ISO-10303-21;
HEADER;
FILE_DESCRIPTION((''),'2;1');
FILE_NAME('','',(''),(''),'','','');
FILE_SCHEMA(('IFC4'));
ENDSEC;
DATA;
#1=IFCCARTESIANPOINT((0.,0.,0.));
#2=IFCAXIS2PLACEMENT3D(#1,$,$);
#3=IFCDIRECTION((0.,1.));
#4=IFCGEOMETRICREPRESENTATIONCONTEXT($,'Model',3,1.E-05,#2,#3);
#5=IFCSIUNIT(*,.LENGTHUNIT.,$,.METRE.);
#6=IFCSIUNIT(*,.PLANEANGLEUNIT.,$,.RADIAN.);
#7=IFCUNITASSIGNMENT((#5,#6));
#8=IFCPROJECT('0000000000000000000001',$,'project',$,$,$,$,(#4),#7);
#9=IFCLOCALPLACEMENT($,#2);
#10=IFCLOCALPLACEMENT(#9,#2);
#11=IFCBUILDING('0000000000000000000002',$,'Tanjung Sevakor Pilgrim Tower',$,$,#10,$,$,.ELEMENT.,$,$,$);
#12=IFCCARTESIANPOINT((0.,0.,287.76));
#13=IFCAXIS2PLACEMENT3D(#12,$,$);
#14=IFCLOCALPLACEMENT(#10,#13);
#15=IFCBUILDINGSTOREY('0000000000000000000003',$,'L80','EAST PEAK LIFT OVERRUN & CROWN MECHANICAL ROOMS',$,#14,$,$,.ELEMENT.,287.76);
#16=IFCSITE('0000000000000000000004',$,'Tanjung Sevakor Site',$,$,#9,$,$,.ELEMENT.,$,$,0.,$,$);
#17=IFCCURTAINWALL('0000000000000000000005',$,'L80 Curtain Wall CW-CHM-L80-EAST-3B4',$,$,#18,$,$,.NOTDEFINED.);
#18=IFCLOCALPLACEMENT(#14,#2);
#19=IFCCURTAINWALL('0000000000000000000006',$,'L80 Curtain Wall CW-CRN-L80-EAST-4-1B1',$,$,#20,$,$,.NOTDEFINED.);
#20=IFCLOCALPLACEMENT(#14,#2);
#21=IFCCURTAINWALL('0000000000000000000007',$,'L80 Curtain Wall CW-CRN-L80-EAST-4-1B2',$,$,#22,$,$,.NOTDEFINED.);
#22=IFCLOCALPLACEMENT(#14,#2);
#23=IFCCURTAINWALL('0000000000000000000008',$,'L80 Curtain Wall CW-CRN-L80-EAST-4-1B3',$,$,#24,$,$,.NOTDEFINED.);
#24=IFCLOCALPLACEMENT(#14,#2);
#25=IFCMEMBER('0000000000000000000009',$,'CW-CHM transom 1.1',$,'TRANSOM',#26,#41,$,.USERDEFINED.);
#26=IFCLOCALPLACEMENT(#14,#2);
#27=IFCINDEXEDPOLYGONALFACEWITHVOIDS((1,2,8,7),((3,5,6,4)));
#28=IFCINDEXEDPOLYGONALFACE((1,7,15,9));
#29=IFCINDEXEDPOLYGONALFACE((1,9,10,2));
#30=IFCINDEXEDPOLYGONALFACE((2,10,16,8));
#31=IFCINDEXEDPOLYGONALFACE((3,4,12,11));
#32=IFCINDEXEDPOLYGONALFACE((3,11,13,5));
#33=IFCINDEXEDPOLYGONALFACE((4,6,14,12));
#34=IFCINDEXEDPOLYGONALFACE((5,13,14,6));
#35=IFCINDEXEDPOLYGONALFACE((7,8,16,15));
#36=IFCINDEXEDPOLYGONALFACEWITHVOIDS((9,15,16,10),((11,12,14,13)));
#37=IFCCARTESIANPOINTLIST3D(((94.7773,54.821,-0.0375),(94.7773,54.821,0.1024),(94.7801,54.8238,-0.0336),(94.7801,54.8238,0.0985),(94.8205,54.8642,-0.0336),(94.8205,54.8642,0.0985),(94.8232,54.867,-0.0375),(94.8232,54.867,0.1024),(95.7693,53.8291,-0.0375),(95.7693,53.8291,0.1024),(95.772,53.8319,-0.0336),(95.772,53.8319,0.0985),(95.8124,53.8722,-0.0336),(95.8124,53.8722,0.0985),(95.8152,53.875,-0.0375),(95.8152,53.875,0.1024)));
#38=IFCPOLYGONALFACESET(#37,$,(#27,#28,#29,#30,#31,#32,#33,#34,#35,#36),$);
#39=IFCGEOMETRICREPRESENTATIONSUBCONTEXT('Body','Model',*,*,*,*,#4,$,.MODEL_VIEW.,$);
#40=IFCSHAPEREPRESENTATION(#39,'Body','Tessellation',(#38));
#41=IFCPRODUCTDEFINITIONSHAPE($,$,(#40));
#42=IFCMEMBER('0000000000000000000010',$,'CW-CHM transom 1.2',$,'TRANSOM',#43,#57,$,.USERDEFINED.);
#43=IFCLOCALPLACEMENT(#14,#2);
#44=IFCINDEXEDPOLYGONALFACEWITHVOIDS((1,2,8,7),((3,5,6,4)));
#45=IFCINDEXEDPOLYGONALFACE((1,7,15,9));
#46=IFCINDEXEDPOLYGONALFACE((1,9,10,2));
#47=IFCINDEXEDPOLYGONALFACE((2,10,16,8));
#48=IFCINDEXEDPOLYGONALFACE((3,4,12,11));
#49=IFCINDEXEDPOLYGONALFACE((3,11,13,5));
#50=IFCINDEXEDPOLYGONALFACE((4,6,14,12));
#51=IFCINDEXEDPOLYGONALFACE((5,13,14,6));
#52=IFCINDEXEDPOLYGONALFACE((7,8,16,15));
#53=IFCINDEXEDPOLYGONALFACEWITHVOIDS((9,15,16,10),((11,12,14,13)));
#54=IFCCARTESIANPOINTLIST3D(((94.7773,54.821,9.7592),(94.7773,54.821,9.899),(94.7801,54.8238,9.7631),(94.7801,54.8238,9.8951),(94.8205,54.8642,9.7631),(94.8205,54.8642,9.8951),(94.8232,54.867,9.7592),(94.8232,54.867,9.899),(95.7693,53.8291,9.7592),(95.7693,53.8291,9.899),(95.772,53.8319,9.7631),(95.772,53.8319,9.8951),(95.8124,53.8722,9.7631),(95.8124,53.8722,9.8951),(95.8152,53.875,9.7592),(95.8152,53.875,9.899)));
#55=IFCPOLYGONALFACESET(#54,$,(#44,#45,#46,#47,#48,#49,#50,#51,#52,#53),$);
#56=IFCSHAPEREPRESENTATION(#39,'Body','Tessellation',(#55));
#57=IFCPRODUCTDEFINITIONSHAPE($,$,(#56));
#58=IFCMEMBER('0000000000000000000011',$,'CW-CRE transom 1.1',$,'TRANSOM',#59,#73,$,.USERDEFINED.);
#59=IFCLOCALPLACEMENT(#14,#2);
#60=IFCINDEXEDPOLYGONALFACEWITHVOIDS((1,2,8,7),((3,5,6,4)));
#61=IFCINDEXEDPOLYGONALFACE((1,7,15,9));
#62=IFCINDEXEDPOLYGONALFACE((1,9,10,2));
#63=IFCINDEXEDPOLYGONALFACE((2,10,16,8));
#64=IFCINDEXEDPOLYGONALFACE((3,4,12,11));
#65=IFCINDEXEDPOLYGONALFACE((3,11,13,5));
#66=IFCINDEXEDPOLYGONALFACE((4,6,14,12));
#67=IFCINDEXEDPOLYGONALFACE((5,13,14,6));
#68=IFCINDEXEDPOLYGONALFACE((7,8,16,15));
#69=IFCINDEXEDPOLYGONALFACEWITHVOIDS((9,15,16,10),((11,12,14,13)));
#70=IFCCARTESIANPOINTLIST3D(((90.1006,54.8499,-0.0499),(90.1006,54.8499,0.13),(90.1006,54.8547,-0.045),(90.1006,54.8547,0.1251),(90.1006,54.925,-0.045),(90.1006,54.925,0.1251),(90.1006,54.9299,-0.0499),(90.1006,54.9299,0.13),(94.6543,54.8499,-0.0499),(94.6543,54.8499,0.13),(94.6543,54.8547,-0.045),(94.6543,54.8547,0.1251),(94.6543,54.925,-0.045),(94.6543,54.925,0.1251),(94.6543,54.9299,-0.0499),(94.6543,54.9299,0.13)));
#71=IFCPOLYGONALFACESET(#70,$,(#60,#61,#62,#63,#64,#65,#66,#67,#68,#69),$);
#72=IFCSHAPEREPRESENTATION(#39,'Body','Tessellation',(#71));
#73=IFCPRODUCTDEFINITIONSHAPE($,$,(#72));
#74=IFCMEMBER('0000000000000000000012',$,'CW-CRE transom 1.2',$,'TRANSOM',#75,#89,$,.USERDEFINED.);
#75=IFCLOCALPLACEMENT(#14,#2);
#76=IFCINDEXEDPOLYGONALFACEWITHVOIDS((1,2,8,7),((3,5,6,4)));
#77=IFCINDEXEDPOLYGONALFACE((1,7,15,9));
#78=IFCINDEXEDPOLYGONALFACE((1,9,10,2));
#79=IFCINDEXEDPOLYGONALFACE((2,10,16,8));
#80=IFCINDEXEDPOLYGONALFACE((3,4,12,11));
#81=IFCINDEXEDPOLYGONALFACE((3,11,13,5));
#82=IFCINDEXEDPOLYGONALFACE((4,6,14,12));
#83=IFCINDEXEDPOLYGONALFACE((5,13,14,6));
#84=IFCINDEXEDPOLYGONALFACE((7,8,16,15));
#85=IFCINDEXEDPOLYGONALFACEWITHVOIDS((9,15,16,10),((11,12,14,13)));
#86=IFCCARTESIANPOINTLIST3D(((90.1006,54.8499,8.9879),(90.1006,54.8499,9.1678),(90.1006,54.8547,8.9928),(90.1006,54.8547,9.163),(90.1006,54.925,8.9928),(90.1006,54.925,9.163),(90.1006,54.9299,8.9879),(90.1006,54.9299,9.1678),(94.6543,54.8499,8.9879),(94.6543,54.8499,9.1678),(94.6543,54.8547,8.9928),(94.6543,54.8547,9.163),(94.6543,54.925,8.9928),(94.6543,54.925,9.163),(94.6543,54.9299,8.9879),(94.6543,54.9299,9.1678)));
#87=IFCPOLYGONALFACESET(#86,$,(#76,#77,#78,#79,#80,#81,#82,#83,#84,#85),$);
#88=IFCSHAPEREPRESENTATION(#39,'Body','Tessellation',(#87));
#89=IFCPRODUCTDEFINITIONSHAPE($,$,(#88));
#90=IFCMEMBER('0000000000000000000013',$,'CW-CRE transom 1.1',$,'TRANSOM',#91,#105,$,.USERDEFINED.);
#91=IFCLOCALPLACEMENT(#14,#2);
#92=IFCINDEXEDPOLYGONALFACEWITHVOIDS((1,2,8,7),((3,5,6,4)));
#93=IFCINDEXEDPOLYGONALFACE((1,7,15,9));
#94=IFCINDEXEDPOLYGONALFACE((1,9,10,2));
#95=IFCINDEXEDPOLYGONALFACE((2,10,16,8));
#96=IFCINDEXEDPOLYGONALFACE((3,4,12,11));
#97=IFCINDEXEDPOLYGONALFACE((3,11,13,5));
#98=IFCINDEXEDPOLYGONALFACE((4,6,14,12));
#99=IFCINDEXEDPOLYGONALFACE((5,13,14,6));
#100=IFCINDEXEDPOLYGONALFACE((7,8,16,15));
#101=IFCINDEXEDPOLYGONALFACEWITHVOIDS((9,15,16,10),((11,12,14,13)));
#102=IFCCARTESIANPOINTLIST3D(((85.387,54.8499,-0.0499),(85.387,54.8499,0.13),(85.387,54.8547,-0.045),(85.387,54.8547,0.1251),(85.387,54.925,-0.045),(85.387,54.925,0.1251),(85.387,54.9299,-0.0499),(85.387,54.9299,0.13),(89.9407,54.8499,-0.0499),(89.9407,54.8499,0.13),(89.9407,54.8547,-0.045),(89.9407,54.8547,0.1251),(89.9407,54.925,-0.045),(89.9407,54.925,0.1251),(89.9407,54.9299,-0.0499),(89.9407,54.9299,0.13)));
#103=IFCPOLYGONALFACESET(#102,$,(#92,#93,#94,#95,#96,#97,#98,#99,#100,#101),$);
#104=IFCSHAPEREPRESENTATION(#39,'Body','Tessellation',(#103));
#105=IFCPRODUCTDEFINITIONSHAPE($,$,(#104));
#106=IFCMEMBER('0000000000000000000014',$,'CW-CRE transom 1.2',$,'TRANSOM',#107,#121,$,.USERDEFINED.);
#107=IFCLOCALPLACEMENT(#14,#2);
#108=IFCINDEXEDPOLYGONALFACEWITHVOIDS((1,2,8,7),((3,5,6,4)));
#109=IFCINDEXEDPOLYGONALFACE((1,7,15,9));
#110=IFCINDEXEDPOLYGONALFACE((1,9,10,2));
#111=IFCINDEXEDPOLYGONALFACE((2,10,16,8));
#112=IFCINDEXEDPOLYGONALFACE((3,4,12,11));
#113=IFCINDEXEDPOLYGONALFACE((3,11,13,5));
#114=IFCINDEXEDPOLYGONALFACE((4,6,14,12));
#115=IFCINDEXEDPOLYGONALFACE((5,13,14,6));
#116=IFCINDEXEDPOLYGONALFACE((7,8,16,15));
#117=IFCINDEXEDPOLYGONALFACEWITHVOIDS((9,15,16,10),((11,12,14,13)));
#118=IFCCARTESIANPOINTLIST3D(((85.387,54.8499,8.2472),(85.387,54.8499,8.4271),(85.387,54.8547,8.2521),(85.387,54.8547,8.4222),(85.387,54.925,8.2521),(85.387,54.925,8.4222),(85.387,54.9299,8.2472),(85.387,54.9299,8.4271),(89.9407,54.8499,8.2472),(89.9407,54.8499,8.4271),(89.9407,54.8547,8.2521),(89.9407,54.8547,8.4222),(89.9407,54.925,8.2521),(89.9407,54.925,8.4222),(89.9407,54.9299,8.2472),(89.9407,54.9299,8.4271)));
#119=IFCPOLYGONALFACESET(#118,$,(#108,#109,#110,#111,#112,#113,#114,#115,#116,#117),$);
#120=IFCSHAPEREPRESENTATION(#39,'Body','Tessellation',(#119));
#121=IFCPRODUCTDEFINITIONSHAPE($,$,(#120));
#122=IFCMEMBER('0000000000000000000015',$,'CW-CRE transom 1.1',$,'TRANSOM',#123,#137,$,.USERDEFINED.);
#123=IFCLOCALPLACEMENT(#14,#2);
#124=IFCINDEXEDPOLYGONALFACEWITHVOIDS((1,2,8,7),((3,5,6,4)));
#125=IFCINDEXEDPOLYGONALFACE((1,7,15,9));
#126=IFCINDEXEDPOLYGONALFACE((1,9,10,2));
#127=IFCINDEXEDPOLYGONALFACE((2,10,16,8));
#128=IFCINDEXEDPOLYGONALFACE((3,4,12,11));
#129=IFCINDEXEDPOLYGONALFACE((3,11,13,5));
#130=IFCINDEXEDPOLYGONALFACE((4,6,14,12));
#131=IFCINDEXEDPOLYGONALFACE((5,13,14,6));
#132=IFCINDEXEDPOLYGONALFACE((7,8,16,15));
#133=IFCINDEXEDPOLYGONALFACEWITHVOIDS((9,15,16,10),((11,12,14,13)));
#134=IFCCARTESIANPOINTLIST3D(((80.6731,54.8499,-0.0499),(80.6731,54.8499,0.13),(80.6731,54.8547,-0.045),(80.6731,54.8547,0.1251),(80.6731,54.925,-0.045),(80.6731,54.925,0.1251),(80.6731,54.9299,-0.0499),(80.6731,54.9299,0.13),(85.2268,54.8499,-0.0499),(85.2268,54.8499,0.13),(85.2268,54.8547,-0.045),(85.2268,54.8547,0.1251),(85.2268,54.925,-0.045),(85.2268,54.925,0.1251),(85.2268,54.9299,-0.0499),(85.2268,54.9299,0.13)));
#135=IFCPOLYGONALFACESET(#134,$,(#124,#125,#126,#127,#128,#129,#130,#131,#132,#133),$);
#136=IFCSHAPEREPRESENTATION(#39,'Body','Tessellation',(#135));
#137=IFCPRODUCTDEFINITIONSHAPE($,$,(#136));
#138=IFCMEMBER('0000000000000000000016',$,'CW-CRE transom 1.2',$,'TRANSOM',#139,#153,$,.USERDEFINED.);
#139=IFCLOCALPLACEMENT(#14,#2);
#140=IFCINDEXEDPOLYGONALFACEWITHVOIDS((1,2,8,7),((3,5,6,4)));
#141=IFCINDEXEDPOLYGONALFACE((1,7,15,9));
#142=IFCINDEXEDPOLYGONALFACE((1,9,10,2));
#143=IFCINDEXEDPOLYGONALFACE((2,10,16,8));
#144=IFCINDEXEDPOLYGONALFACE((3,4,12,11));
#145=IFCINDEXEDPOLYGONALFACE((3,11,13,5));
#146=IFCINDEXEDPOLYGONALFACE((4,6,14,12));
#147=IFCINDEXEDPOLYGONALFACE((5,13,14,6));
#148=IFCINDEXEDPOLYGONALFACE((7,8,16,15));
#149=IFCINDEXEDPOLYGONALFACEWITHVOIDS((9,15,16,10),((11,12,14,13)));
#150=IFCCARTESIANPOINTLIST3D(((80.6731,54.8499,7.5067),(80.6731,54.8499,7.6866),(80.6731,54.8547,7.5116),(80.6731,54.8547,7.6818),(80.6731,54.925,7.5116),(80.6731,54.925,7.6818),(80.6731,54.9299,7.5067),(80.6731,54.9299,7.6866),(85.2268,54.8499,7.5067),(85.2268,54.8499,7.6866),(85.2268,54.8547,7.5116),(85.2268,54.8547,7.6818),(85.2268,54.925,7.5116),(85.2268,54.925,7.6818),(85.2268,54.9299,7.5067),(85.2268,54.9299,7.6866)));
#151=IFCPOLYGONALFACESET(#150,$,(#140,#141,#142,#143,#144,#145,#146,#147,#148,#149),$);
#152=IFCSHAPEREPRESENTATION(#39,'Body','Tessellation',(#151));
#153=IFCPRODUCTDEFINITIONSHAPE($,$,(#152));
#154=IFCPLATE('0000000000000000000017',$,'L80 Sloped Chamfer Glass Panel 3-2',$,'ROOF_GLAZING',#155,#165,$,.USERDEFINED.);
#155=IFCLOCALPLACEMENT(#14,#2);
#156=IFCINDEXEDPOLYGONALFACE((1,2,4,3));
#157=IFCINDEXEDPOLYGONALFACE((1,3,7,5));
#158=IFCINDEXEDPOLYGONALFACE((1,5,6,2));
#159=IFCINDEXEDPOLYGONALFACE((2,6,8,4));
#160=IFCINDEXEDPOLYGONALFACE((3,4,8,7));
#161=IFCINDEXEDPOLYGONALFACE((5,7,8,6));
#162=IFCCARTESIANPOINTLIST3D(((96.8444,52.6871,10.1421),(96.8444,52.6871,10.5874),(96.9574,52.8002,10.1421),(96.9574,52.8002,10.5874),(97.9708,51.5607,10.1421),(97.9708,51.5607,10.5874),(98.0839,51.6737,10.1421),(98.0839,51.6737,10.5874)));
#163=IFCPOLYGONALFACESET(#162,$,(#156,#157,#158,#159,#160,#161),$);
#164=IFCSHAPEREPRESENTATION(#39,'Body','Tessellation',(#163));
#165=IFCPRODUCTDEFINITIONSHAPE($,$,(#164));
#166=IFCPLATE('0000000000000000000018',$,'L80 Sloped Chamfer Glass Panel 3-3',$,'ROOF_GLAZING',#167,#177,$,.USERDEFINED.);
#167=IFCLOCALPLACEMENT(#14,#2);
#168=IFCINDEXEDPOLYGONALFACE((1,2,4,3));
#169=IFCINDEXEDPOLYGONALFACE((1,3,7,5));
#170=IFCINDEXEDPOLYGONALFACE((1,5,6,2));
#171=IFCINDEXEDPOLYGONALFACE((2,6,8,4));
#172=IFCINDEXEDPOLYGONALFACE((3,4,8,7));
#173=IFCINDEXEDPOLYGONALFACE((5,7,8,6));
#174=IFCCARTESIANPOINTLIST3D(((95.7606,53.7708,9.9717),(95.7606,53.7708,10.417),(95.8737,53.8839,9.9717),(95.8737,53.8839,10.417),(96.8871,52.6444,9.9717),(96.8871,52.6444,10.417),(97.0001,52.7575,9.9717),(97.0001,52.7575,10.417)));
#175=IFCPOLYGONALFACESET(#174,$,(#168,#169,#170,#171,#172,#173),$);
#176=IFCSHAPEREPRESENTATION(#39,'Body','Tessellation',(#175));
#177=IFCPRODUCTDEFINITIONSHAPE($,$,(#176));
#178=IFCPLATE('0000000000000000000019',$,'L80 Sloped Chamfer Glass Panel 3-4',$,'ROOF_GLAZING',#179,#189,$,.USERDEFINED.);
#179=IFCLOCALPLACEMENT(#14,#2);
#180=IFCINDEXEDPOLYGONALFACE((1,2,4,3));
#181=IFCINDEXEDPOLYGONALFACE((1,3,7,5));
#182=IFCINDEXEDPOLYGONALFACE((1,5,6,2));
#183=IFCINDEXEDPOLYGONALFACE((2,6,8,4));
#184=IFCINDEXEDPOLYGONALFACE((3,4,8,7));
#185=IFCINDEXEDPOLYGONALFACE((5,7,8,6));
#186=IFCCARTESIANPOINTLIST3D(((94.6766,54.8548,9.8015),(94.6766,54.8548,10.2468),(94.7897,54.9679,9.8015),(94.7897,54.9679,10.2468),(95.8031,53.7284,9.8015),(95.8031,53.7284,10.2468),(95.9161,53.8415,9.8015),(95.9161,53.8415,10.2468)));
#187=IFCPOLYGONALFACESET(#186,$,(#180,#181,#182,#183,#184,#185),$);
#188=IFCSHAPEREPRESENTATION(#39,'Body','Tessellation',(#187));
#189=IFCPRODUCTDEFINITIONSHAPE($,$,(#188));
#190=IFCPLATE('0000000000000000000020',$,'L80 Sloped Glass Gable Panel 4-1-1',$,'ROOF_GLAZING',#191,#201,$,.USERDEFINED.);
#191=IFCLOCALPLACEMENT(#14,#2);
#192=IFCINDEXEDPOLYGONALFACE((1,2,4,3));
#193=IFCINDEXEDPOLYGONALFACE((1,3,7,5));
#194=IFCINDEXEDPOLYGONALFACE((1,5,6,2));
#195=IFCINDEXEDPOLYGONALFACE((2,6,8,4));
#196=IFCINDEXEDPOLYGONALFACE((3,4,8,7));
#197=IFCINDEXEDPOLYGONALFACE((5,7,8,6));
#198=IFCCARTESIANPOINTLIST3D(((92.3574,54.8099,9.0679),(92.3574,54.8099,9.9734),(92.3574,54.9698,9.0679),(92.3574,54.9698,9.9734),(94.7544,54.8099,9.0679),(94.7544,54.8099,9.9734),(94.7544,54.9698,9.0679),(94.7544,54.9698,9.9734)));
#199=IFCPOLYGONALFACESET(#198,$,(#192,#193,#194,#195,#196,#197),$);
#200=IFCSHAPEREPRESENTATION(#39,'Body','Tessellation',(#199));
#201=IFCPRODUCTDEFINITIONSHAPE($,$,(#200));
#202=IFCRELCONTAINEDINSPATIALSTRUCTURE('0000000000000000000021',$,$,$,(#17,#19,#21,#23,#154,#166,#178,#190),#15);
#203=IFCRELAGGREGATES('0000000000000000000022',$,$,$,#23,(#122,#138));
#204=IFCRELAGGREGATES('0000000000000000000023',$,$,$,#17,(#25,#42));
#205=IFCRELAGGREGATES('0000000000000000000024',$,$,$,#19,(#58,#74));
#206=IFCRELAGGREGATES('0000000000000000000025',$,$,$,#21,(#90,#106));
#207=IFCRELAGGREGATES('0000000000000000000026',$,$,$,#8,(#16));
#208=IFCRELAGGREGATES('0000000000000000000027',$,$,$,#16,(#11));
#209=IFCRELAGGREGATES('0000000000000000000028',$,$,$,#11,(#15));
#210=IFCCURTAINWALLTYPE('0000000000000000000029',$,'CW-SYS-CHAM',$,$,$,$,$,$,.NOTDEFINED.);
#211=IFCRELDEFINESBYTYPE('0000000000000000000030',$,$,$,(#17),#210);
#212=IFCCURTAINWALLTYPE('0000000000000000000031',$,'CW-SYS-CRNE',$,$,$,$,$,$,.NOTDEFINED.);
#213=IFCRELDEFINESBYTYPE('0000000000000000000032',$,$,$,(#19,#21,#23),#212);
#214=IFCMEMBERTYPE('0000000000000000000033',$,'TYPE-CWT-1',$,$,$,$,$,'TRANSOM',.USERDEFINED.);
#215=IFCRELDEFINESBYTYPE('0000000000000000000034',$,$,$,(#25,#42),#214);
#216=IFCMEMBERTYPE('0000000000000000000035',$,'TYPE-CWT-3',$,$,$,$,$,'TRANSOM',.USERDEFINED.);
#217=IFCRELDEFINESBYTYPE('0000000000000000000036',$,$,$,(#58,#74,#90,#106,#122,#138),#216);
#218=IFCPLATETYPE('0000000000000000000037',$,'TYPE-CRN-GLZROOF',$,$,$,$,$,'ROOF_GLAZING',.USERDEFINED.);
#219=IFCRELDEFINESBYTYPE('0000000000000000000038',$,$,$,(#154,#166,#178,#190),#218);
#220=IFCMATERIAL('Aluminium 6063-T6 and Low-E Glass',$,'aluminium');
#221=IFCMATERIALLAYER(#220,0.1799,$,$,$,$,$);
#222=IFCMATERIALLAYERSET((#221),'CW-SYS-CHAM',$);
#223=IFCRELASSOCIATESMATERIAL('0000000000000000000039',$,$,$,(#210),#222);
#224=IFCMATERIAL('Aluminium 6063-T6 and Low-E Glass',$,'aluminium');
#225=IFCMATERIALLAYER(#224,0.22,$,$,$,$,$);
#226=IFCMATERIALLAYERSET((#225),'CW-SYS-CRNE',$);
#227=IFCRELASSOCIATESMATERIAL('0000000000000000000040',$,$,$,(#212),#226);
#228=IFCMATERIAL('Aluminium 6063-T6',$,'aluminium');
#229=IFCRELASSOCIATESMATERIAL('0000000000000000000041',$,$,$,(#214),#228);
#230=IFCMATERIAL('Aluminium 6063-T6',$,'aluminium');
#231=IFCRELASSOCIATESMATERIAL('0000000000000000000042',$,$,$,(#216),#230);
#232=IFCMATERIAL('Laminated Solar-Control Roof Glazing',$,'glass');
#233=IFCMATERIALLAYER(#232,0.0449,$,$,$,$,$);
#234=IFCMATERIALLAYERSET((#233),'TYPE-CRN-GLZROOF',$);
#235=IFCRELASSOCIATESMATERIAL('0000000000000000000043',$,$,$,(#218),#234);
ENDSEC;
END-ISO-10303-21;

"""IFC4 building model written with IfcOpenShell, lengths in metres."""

from ifc_helpers import new_model, si_unit, direction, frame, origin, origin_2d, place, context, subcontext, project, spatial, rectangle, hollow_rectangle, extrude, material, layer, layer_set, material_profile, profile_set, type_object, element, aggregate, save


model = new_model("IFC4")

# Units and contexts
model_context = context("Model", 3, precision=1e-05, world=origin(), true_north=direction((0.0, 1.0)))
body_context = subcontext(model_context, "Body", "Model", "MODEL_VIEW")
ifc_project = project(units=[si_unit("LENGTHUNIT", "METRE"), si_unit("PLANEANGLEUNIT", "RADIAN")], contexts=[model_context])

# Site, building, storey
site_placement = place(None, origin())
site = spatial("IfcSite", under=ifc_project, at=site_placement, Name="Tanjung Sevakor Site", CompositionType="ELEMENT", RefElevation=0.0)
building_placement = place(site_placement, origin())
building = spatial("IfcBuilding", under=site, at=building_placement, Name="Tanjung Sevakor Pilgrim Tower", CompositionType="ELEMENT")
storey_placement = place(building_placement, frame((0.0, 0.0, 287.76)))
storey = spatial("IfcBuildingStorey", under=building, at=storey_placement, Name="L80", Description="EAST PEAK LIFT OVERRUN & CROWN MECHANICAL ROOMS", CompositionType="ELEMENT", Elevation=287.76)

# Shared definitions
ifc_material_1 = material(Name="Aluminium 6063-T6 and Low-E Glass", Category="aluminium")
ifc_layer_1 = layer(ifc_material_1, 0.1799)
ifc_layer_set_1 = layer_set([ifc_layer_1], Name="CW-SYS-CHAM")
curtain_wall_type_1 = type_object("IfcCurtainWallType", Name="CW-SYS-CHAM", PredefinedType="NOTDEFINED", material=ifc_layer_set_1)

# Curtain walls
curtain_wall_1_placement = place(storey_placement, origin())
curtain_wall_1 = element("IfcCurtainWall", 1, at=curtain_wall_1_placement, inside=storey, type_object=curtain_wall_type_1, Name="L80 Curtain Wall CW-CHM-L80-EAST-3B4", PredefinedType="NOTDEFINED")
ifc_material_2 = material(Name="Aluminium 6063-T6 and Low-E Glass", Category="aluminium")
ifc_layer_2 = layer(ifc_material_2, 0.22)
ifc_layer_set_2 = layer_set([ifc_layer_2], Name="CW-SYS-CRNE")
curtain_wall_type_2 = type_object("IfcCurtainWallType", Name="CW-SYS-CRNE", PredefinedType="NOTDEFINED", material=ifc_layer_set_2)
curtain_wall_2_placement = place(storey_placement, origin())
curtain_wall_2 = element("IfcCurtainWall", 2, at=curtain_wall_2_placement, inside=storey, type_object=curtain_wall_type_2, Name="L80 Curtain Wall CW-CRN-L80-EAST-4-1B1", PredefinedType="NOTDEFINED")
curtain_wall_3_placement = place(storey_placement, origin())
curtain_wall_3 = element("IfcCurtainWall", 3, at=curtain_wall_3_placement, inside=storey, type_object=curtain_wall_type_2, Name="L80 Curtain Wall CW-CRN-L80-EAST-4-1B2", PredefinedType="NOTDEFINED")

# Curtain wall
curtain_wall_4_placement = place(storey_placement, origin())
curtain_wall_4 = element("IfcCurtainWall", 4, at=curtain_wall_4_placement, inside=storey, type_object=curtain_wall_type_2, Name="L80 Curtain Wall CW-CRN-L80-EAST-4-1B3", PredefinedType="NOTDEFINED")

# Members
ifc_material_3 = material(Name="Aluminium 6063-T6", Category="aluminium")
ifc_material_profile_1 = material_profile(ifc_material_3, hollow_rectangle(XDim=0.0649, YDim=0.1399, WallThickness=0.0039, at=origin_2d()))
ifc_profile_set_1 = profile_set([ifc_material_profile_1], Name="Aluminium 6063-T6")
member_type_1 = type_object("IfcMemberType", Name="TYPE-CWT-1", ElementType="TRANSOM", PredefinedType="USERDEFINED", material=ifc_profile_set_1)
member_1_placement = place(storey_placement, frame((95.7922, 53.8521, 0.0325), z_axis=(-0.707107, 0.707107, 0.0), x_axis=(-0.707107, -0.707107, 0.0)))
member_1 = element("IfcMember", 5, at=member_1_placement, type_object=member_type_1, Name="CW-CHM transom 1.1", ObjectType="TRANSOM", PredefinedType="USERDEFINED", context=body_context, shape_type="SweptSolid", body=[
    extrude(hollow_rectangle(XDim=0.0649, YDim=0.1399, WallThickness=0.0039, at=origin_2d()), origin(), (0.0, 0.0, 1.0), 1.4028),
])
member_2_placement = place(storey_placement, frame((95.7922, 53.8521, 9.8291), z_axis=(-0.707107, 0.707107, 0.0), x_axis=(-0.707107, -0.707107, 0.0)))
member_2 = element("IfcMember", 6, at=member_2_placement, type_object=member_type_1, Name="CW-CHM transom 1.2", ObjectType="TRANSOM", PredefinedType="USERDEFINED", context=body_context, shape_type="SweptSolid", body=[
    extrude(hollow_rectangle(XDim=0.0649, YDim=0.1399, WallThickness=0.0039, at=origin_2d()), origin(), (0.0, 0.0, 1.0), 1.4028),
])
ifc_material_4 = material(Name="Aluminium 6063-T6", Category="aluminium")
ifc_material_profile_2 = material_profile(ifc_material_4, hollow_rectangle(XDim=0.0801, YDim=0.1799, WallThickness=0.0049, at=origin_2d()))
ifc_profile_set_2 = profile_set([ifc_material_profile_2], Name="Aluminium 6063-T6")
member_type_2 = type_object("IfcMemberType", Name="TYPE-CWT-3", ElementType="TRANSOM", PredefinedType="USERDEFINED", material=ifc_profile_set_2)
member_3_placement = place(storey_placement, frame((94.6543, 54.8899, 0.04), z_axis=(-1.0, 0.0, 0.0), x_axis=(0.0, -1.0, 0.0)))
member_3 = element("IfcMember", 7, at=member_3_placement, type_object=member_type_2, Name="CW-CRE transom 1.1", ObjectType="TRANSOM", PredefinedType="USERDEFINED", context=body_context, shape_type="SweptSolid", body=[
    extrude(hollow_rectangle(XDim=0.0801, YDim=0.1799, WallThickness=0.0049, at=origin_2d()), origin(), (0.0, 0.0, 1.0), 4.5537),
])
member_4_placement = place(storey_placement, frame((94.6543, 54.8899, 9.0779), z_axis=(-1.0, 0.0, 0.0), x_axis=(0.0, -1.0, 0.0)))
member_4 = element("IfcMember", 8, at=member_4_placement, type_object=member_type_2, Name="CW-CRE transom 1.2", ObjectType="TRANSOM", PredefinedType="USERDEFINED", context=body_context, shape_type="SweptSolid", body=[
    extrude(hollow_rectangle(XDim=0.0801, YDim=0.1799, WallThickness=0.0049, at=origin_2d()), origin(), (0.0, 0.0, 1.0), 4.5537),
])
member_5_placement = place(storey_placement, frame((89.9407, 54.8899, 0.04), z_axis=(-1.0, 0.0, 0.0), x_axis=(0.0, -1.0, 0.0)))
member_5 = element("IfcMember", 9, at=member_5_placement, type_object=member_type_2, Name="CW-CRE transom 1.1", ObjectType="TRANSOM", PredefinedType="USERDEFINED", context=body_context, shape_type="SweptSolid", body=[
    extrude(hollow_rectangle(XDim=0.0801, YDim=0.1799, WallThickness=0.0049, at=origin_2d()), origin(), (0.0, 0.0, 1.0), 4.5537),
])
member_6_placement = place(storey_placement, frame((89.9407, 54.8899, 8.3372), z_axis=(-1.0, 0.0, 0.0), x_axis=(0.0, -1.0, 0.0)))
member_6 = element("IfcMember", 10, at=member_6_placement, type_object=member_type_2, Name="CW-CRE transom 1.2", ObjectType="TRANSOM", PredefinedType="USERDEFINED", context=body_context, shape_type="SweptSolid", body=[
    extrude(hollow_rectangle(XDim=0.0801, YDim=0.1799, WallThickness=0.0049, at=origin_2d()), origin(), (0.0, 0.0, 1.0), 4.5537),
])
member_7_placement = place(storey_placement, frame((85.2268, 54.8899, 0.04), z_axis=(-1.0, 0.0, 0.0), x_axis=(0.0, -1.0, 0.0)))
member_7 = element("IfcMember", 11, at=member_7_placement, type_object=member_type_2, Name="CW-CRE transom 1.1", ObjectType="TRANSOM", PredefinedType="USERDEFINED", context=body_context, shape_type="SweptSolid", body=[
    extrude(hollow_rectangle(XDim=0.0801, YDim=0.1799, WallThickness=0.0049, at=origin_2d()), origin(), (0.0, 0.0, 1.0), 4.5537),
])
member_8_placement = place(storey_placement, frame((85.2268, 54.8899, 7.5967), z_axis=(-1.0, 0.0, 0.0), x_axis=(0.0, -1.0, 0.0)))
member_8 = element("IfcMember", 12, at=member_8_placement, type_object=member_type_2, Name="CW-CRE transom 1.2", ObjectType="TRANSOM", PredefinedType="USERDEFINED", context=body_context, shape_type="SweptSolid", body=[
    extrude(hollow_rectangle(XDim=0.0801, YDim=0.1799, WallThickness=0.0049, at=origin_2d()), origin(), (0.0, 0.0, 1.0), 4.5537),
])
aggregate(curtain_wall_4, [member_7, member_8])

# Plates
ifc_material_5 = material(Name="Laminated Solar-Control Roof Glazing", Category="glass")
ifc_layer_3 = layer(ifc_material_5, 0.0449)
ifc_layer_set_3 = layer_set([ifc_layer_3], Name="TYPE-CRN-GLZROOF")
plate_type_1 = type_object("IfcPlateType", Name="TYPE-CRN-GLZROOF", ElementType="ROOF_GLAZING", PredefinedType="USERDEFINED", material=ifc_layer_set_3)
for number, where, z_axis, x_axis, name in (
    (13, (97.4641, 52.1804, 10.1421), (0.0, 0.0, 1.0), (-0.707107, 0.707107, 0.0), "L80 Sloped Chamfer Glass Panel 3-2"),
    (14, (96.3804, 53.2642, 9.9717), (0.0, 0.0, 1.0), (-0.707107, 0.707107, 0.0), "L80 Sloped Chamfer Glass Panel 3-3"),
    (15, (95.2964, 54.3481, 9.8015), (0.0, 0.0, 1.0), (-0.707107, 0.707107, 0.0), "L80 Sloped Chamfer Glass Panel 3-4"),
):
    element("IfcPlate", number, at=place(storey_placement, frame(where, z_axis=z_axis, x_axis=x_axis)), inside=storey, type_object=plate_type_1, Name=name, ObjectType="ROOF_GLAZING", PredefinedType="USERDEFINED", context=body_context, shape_type="SweptSolid", body=[
        extrude(rectangle(XDim=1.593, YDim=0.1599, at=origin_2d()), origin(), (0.0, 0.0, 1.0), 0.4453),
    ])
plate_1_placement = place(storey_placement, frame((93.5559, 54.8899, 9.0679), z_axis=(0.0, 0.0, 1.0), x_axis=(-1.0, 0.0, 0.0)))
element("IfcPlate", 16, at=plate_1_placement, inside=storey, type_object=plate_type_1, Name="L80 Sloped Glass Gable Panel 4-1-1", ObjectType="ROOF_GLAZING", PredefinedType="USERDEFINED", context=body_context, shape_type="SweptSolid", body=[
    extrude(rectangle(XDim=2.397, YDim=0.1599, at=origin_2d()), origin(), (0.0, 0.0, 1.0), 0.9055),
])

aggregate(curtain_wall_1, [member_1, member_2])
aggregate(curtain_wall_2, [member_3, member_4])
aggregate(curtain_wall_3, [member_5, member_6])

save(model, "model.ifc")
